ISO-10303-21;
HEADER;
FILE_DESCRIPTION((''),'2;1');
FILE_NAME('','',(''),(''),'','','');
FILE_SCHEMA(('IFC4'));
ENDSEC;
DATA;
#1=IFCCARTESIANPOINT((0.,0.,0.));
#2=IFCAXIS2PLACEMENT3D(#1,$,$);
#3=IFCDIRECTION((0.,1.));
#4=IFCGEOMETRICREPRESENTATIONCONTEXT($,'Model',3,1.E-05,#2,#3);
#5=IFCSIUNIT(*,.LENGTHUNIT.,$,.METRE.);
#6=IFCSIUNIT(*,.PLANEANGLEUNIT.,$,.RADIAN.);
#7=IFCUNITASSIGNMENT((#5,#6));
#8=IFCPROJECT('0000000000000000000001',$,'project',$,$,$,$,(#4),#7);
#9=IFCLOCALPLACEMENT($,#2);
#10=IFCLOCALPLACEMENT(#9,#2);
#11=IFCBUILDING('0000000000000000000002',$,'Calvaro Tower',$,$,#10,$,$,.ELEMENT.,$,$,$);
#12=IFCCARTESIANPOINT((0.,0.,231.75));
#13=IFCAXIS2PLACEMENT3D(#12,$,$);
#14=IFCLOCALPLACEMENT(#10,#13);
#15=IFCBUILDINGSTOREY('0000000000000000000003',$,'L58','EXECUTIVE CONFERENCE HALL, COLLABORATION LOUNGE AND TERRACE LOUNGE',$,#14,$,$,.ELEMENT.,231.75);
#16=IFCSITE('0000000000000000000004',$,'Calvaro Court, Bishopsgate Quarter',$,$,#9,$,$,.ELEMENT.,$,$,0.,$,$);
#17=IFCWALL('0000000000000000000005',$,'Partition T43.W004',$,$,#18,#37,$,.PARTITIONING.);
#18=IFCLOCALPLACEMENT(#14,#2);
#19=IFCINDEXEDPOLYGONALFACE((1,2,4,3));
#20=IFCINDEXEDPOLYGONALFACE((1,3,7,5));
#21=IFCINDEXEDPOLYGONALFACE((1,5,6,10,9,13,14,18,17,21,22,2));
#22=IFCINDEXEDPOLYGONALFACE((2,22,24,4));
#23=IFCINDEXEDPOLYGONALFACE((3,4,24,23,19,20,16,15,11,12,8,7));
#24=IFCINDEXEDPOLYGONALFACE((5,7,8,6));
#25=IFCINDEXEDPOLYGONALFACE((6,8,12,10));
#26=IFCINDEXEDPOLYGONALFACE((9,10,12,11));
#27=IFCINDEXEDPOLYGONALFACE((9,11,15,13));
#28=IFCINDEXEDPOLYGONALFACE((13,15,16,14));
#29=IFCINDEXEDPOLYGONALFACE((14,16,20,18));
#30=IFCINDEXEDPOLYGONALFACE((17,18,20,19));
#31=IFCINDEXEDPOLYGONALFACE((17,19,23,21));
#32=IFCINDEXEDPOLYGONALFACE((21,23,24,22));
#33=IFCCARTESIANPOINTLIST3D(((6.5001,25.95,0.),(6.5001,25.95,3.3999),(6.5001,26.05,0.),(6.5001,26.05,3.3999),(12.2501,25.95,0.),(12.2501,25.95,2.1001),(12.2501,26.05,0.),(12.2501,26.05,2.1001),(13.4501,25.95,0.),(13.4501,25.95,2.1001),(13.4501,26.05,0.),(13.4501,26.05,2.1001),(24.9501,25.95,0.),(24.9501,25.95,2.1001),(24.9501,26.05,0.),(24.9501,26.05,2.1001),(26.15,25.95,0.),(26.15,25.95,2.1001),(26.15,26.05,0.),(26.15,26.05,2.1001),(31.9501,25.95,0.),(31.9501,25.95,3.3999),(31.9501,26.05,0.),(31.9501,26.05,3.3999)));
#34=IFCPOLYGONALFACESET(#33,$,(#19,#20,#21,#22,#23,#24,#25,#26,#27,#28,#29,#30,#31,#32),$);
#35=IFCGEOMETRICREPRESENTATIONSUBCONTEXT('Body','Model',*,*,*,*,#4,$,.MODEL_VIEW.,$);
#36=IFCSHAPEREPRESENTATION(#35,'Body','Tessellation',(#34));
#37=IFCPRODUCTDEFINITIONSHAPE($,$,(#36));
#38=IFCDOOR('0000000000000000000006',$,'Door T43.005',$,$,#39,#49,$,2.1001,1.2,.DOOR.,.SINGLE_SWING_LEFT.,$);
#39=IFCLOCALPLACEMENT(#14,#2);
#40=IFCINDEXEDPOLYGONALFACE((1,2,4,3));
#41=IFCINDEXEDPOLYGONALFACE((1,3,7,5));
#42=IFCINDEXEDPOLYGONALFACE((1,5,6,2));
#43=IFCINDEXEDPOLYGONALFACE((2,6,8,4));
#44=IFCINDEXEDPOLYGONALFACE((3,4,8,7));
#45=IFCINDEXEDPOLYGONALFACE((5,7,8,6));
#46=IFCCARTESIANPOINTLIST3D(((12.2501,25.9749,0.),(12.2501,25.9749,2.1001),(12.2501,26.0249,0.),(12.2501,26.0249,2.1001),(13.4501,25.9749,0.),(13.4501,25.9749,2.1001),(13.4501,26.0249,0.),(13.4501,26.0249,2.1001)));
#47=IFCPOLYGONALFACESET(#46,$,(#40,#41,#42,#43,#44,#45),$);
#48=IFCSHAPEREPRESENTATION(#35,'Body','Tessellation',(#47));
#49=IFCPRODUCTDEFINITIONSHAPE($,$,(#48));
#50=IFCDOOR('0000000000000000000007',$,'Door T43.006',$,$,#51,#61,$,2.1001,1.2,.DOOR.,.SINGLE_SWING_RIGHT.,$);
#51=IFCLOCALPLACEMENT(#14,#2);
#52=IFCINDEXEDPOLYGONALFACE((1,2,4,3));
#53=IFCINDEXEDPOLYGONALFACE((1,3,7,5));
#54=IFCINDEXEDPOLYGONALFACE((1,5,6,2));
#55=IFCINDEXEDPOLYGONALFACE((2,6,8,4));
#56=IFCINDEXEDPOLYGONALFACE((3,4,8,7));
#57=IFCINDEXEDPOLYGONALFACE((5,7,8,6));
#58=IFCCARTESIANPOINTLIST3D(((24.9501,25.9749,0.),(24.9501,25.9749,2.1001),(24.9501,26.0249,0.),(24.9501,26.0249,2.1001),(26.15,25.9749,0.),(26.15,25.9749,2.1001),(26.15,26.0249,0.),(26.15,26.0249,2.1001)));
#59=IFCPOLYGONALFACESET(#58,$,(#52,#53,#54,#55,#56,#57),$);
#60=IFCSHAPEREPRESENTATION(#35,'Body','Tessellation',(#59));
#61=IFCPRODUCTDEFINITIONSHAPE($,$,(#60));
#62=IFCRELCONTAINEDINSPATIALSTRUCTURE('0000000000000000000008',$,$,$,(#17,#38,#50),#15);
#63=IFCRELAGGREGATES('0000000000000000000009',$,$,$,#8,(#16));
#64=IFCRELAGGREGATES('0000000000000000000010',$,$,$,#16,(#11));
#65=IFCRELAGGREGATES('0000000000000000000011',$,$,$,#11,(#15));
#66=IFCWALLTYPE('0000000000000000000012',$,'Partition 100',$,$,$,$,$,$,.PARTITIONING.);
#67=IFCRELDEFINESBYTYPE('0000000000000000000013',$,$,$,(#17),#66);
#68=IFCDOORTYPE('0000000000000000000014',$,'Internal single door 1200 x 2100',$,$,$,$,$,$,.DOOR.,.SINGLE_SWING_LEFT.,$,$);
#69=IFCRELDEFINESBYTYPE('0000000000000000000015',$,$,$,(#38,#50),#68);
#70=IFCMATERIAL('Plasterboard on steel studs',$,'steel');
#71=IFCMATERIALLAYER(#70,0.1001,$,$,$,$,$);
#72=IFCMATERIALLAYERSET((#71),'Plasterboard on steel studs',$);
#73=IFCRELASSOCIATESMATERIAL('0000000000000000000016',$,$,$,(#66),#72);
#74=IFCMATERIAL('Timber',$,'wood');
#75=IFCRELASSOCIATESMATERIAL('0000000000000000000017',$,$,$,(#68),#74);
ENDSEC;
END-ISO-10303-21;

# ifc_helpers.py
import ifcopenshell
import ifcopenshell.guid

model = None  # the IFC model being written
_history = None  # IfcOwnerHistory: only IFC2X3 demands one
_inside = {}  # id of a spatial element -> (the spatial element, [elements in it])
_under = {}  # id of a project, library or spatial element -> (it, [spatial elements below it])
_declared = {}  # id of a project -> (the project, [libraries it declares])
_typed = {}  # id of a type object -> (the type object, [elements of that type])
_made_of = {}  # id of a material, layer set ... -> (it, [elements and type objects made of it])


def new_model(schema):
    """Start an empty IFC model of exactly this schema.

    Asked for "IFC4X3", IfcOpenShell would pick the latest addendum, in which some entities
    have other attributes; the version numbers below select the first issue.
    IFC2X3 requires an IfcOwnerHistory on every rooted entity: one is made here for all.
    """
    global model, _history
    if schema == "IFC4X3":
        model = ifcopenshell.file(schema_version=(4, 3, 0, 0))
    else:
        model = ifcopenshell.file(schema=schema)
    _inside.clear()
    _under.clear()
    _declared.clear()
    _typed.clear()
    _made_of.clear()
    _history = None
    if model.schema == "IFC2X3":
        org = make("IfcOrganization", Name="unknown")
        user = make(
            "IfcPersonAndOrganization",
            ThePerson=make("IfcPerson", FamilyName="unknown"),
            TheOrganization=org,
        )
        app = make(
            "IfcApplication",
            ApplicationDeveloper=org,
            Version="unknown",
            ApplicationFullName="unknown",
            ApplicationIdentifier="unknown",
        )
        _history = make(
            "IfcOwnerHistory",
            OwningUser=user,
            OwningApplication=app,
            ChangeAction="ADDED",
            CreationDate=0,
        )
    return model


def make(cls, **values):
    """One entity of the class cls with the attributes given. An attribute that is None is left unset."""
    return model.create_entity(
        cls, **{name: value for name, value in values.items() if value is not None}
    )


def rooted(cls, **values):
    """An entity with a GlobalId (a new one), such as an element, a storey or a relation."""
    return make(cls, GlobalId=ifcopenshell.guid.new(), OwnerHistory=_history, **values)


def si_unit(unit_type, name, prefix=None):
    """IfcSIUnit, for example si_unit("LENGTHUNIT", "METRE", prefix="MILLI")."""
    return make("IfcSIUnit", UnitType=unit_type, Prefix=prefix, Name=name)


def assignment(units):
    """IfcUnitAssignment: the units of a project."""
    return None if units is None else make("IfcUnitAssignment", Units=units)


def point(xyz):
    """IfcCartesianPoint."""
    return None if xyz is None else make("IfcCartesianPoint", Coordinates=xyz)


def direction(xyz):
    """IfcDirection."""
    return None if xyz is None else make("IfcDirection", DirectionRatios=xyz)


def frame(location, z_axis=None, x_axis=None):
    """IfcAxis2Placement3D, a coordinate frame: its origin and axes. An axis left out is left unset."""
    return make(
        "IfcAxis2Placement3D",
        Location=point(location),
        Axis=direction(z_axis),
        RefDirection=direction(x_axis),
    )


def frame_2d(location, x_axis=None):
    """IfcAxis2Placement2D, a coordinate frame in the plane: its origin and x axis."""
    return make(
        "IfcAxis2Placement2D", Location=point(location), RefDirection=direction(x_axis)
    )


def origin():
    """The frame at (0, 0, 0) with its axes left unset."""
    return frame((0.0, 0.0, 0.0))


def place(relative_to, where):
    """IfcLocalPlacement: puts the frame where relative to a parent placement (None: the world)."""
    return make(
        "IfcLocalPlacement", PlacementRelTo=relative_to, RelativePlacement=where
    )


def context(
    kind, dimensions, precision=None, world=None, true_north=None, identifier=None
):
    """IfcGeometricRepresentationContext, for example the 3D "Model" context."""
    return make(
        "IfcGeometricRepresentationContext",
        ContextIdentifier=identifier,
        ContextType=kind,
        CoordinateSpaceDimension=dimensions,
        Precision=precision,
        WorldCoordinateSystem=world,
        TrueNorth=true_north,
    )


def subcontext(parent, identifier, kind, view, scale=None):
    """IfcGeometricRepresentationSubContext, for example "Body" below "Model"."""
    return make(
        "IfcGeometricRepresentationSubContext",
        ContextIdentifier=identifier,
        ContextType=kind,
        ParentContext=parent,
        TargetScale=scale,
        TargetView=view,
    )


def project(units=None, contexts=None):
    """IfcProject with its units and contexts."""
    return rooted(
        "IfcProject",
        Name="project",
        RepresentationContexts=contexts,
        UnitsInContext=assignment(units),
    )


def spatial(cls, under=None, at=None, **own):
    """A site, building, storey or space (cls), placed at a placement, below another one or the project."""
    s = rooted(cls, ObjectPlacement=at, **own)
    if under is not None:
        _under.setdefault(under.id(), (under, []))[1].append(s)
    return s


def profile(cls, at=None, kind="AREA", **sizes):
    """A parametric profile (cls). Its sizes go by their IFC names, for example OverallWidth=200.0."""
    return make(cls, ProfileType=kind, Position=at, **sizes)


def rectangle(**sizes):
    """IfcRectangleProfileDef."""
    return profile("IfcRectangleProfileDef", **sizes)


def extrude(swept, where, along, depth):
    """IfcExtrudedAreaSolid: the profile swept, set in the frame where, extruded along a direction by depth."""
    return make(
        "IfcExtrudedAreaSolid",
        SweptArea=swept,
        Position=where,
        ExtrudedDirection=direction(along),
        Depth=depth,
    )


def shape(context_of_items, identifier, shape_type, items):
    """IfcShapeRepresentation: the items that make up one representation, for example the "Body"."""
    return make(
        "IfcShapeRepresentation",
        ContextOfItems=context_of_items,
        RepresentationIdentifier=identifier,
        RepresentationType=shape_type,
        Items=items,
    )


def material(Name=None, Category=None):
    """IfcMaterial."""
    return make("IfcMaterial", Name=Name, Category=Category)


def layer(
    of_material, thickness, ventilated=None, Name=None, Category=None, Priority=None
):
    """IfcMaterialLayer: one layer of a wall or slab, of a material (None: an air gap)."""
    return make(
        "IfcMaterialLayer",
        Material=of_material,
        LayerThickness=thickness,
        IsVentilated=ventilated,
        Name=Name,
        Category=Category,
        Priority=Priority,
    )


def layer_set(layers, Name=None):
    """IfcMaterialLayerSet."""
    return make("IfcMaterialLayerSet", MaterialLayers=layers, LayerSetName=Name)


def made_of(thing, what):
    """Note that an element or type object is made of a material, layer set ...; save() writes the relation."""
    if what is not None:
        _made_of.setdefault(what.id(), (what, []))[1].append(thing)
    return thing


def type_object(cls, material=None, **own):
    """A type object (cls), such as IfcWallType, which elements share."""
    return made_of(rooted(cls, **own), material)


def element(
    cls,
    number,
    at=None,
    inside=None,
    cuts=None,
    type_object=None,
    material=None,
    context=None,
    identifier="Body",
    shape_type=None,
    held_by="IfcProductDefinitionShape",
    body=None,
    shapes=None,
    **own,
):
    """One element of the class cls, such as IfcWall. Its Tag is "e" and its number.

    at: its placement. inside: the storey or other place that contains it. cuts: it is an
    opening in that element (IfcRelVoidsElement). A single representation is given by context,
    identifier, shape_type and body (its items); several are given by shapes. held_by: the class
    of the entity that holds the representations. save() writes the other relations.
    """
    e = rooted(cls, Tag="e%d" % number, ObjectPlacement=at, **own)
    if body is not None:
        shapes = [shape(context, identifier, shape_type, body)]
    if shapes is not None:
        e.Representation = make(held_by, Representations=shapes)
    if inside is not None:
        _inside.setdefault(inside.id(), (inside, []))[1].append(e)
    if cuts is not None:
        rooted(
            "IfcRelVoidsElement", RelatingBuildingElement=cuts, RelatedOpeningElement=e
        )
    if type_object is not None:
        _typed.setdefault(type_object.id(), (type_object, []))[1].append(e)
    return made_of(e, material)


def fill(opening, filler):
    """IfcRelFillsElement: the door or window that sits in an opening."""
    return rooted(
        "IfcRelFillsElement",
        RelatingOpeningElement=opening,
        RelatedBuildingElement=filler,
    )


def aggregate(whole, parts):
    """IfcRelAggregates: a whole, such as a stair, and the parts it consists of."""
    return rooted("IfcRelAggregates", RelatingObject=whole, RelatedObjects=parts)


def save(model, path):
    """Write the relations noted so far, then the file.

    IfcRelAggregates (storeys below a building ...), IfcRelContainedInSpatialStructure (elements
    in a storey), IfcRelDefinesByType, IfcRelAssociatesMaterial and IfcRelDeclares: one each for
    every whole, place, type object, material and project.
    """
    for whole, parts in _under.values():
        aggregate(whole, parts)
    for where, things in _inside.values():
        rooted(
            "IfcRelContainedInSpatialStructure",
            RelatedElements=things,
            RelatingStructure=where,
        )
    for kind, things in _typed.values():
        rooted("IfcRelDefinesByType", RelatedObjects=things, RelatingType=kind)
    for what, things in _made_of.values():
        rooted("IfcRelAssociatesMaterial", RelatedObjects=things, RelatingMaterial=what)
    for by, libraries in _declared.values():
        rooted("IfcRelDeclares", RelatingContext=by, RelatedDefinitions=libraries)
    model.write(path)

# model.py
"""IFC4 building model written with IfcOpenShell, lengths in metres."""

from ifc_helpers import new_model, si_unit, direction, frame, frame_2d, origin, place, context, subcontext, project, spatial, rectangle, extrude, material, layer, layer_set, type_object, element, fill, save


model = new_model("IFC4")

# Units and contexts
model_context = context("Model", 3, precision=1e-05, world=origin(), true_north=direction((0.0, 1.0)))
body_context = subcontext(model_context, "Body", "Model", "MODEL_VIEW")
ifc_project = project(units=[si_unit("LENGTHUNIT", "METRE"), si_unit("PLANEANGLEUNIT", "RADIAN")], contexts=[model_context])

# Site, building, storey
site_placement = place(None, origin())
site = spatial("IfcSite", under=ifc_project, at=site_placement, Name="Calvaro Court, Bishopsgate Quarter", CompositionType="ELEMENT", RefElevation=0.0)
building_placement = place(site_placement, origin())
building = spatial("IfcBuilding", under=site, at=building_placement, Name="Calvaro Tower", CompositionType="ELEMENT")
storey_placement = place(building_placement, frame((0.0, 0.0, 231.75)))
storey = spatial("IfcBuildingStorey", under=building, at=storey_placement, Name="L58", Description="EXECUTIVE CONFERENCE HALL, COLLABORATION LOUNGE AND TERRACE LOUNGE", CompositionType="ELEMENT", Elevation=231.75)

# Wall, openings, doors
ifc_material_1 = material(Name="Plasterboard on steel studs", Category="steel")
ifc_layer_1 = layer(ifc_material_1, 0.1001)
ifc_layer_set_1 = layer_set([ifc_layer_1], Name="Plasterboard on steel studs")
wall_type_1 = type_object("IfcWallType", Name="Partition 100", PredefinedType="PARTITIONING", material=ifc_layer_set_1)
wall_1_placement = place(storey_placement, frame((6.5, 26.0, 0.0), z_axis=(0.0, 0.0, 1.0), x_axis=(1.0, 0.0, 0.0)))
wall_1 = element("IfcWall", 1, at=wall_1_placement, inside=storey, type_object=wall_type_1, Name="Partition T43.W004", PredefinedType="PARTITIONING", context=body_context, shape_type="SweptSolid", body=[
    extrude(rectangle(XDim=25.45, YDim=0.1001, at=frame_2d((12.7251, 0.0))), origin(), (0.0, 0.0, 1.0), 3.3999),
])
opening_1_placement = place(wall_1_placement, frame((5.75, 0.0, 0.0)))
opening_1 = element("IfcOpeningElement", 2, at=opening_1_placement, cuts=wall_1, PredefinedType="OPENING", context=body_context, shape_type="SweptSolid", body=[
    extrude(rectangle(XDim=1.2, YDim=2.1001, at=frame_2d((0.6001, 1.05))), frame((0.0, 0.0601, 0.0), z_axis=(0.0, -1.0, 0.0), x_axis=(1.0, 0.0, 0.0)), (0.0, 0.0, 1.0), 0.1201),
])
opening_2_placement = place(wall_1_placement, frame((18.45, 0.0, 0.0)))
opening_2 = element("IfcOpeningElement", 3, at=opening_2_placement, cuts=wall_1, PredefinedType="OPENING", context=body_context, shape_type="SweptSolid", body=[
    extrude(rectangle(XDim=1.2, YDim=2.1001, at=frame_2d((0.6001, 1.05))), frame((0.0, 0.0601, 0.0), z_axis=(0.0, -1.0, 0.0), x_axis=(1.0, 0.0, 0.0)), (0.0, 0.0, 1.0), 0.1201),
])
ifc_material_2 = material(Name="Timber", Category="wood")
door_type_1 = type_object("IfcDoorType", Name="Internal single door 1200 x 2100", OperationType="SINGLE_SWING_LEFT", PredefinedType="DOOR", material=ifc_material_2)
door_1_placement = place(opening_1_placement, origin())
door_1 = element("IfcDoor", 4, at=door_1_placement, inside=storey, type_object=door_type_1, Name="Door T43.005", OperationType="SINGLE_SWING_LEFT", OverallHeight=2.1001, OverallWidth=1.2, PredefinedType="DOOR", context=body_context, shape_type="SweptSolid", body=[
    extrude(rectangle(XDim=1.2, YDim=2.1001, at=frame_2d((0.6001, 1.05))), frame((0.0, 0.0249, 0.0), z_axis=(0.0, -1.0, 0.0), x_axis=(1.0, 0.0, 0.0)), (0.0, 0.0, 1.0), 0.05),
])
fill(opening_1, door_1)
door_2_placement = place(opening_2_placement, origin())
door_2 = element("IfcDoor", 5, at=door_2_placement, inside=storey, type_object=door_type_1, Name="Door T43.006", OperationType="SINGLE_SWING_RIGHT", OverallHeight=2.1001, OverallWidth=1.2, PredefinedType="DOOR", context=body_context, shape_type="SweptSolid", body=[
    extrude(rectangle(XDim=1.2, YDim=2.1001, at=frame_2d((0.6001, 1.05))), frame((0.0, 0.0249, 0.0), z_axis=(0.0, -1.0, 0.0), x_axis=(1.0, 0.0, 0.0)), (0.0, 0.0, 1.0), 0.05),
])
fill(opening_2, door_2)

save(model, "model.ifc")
